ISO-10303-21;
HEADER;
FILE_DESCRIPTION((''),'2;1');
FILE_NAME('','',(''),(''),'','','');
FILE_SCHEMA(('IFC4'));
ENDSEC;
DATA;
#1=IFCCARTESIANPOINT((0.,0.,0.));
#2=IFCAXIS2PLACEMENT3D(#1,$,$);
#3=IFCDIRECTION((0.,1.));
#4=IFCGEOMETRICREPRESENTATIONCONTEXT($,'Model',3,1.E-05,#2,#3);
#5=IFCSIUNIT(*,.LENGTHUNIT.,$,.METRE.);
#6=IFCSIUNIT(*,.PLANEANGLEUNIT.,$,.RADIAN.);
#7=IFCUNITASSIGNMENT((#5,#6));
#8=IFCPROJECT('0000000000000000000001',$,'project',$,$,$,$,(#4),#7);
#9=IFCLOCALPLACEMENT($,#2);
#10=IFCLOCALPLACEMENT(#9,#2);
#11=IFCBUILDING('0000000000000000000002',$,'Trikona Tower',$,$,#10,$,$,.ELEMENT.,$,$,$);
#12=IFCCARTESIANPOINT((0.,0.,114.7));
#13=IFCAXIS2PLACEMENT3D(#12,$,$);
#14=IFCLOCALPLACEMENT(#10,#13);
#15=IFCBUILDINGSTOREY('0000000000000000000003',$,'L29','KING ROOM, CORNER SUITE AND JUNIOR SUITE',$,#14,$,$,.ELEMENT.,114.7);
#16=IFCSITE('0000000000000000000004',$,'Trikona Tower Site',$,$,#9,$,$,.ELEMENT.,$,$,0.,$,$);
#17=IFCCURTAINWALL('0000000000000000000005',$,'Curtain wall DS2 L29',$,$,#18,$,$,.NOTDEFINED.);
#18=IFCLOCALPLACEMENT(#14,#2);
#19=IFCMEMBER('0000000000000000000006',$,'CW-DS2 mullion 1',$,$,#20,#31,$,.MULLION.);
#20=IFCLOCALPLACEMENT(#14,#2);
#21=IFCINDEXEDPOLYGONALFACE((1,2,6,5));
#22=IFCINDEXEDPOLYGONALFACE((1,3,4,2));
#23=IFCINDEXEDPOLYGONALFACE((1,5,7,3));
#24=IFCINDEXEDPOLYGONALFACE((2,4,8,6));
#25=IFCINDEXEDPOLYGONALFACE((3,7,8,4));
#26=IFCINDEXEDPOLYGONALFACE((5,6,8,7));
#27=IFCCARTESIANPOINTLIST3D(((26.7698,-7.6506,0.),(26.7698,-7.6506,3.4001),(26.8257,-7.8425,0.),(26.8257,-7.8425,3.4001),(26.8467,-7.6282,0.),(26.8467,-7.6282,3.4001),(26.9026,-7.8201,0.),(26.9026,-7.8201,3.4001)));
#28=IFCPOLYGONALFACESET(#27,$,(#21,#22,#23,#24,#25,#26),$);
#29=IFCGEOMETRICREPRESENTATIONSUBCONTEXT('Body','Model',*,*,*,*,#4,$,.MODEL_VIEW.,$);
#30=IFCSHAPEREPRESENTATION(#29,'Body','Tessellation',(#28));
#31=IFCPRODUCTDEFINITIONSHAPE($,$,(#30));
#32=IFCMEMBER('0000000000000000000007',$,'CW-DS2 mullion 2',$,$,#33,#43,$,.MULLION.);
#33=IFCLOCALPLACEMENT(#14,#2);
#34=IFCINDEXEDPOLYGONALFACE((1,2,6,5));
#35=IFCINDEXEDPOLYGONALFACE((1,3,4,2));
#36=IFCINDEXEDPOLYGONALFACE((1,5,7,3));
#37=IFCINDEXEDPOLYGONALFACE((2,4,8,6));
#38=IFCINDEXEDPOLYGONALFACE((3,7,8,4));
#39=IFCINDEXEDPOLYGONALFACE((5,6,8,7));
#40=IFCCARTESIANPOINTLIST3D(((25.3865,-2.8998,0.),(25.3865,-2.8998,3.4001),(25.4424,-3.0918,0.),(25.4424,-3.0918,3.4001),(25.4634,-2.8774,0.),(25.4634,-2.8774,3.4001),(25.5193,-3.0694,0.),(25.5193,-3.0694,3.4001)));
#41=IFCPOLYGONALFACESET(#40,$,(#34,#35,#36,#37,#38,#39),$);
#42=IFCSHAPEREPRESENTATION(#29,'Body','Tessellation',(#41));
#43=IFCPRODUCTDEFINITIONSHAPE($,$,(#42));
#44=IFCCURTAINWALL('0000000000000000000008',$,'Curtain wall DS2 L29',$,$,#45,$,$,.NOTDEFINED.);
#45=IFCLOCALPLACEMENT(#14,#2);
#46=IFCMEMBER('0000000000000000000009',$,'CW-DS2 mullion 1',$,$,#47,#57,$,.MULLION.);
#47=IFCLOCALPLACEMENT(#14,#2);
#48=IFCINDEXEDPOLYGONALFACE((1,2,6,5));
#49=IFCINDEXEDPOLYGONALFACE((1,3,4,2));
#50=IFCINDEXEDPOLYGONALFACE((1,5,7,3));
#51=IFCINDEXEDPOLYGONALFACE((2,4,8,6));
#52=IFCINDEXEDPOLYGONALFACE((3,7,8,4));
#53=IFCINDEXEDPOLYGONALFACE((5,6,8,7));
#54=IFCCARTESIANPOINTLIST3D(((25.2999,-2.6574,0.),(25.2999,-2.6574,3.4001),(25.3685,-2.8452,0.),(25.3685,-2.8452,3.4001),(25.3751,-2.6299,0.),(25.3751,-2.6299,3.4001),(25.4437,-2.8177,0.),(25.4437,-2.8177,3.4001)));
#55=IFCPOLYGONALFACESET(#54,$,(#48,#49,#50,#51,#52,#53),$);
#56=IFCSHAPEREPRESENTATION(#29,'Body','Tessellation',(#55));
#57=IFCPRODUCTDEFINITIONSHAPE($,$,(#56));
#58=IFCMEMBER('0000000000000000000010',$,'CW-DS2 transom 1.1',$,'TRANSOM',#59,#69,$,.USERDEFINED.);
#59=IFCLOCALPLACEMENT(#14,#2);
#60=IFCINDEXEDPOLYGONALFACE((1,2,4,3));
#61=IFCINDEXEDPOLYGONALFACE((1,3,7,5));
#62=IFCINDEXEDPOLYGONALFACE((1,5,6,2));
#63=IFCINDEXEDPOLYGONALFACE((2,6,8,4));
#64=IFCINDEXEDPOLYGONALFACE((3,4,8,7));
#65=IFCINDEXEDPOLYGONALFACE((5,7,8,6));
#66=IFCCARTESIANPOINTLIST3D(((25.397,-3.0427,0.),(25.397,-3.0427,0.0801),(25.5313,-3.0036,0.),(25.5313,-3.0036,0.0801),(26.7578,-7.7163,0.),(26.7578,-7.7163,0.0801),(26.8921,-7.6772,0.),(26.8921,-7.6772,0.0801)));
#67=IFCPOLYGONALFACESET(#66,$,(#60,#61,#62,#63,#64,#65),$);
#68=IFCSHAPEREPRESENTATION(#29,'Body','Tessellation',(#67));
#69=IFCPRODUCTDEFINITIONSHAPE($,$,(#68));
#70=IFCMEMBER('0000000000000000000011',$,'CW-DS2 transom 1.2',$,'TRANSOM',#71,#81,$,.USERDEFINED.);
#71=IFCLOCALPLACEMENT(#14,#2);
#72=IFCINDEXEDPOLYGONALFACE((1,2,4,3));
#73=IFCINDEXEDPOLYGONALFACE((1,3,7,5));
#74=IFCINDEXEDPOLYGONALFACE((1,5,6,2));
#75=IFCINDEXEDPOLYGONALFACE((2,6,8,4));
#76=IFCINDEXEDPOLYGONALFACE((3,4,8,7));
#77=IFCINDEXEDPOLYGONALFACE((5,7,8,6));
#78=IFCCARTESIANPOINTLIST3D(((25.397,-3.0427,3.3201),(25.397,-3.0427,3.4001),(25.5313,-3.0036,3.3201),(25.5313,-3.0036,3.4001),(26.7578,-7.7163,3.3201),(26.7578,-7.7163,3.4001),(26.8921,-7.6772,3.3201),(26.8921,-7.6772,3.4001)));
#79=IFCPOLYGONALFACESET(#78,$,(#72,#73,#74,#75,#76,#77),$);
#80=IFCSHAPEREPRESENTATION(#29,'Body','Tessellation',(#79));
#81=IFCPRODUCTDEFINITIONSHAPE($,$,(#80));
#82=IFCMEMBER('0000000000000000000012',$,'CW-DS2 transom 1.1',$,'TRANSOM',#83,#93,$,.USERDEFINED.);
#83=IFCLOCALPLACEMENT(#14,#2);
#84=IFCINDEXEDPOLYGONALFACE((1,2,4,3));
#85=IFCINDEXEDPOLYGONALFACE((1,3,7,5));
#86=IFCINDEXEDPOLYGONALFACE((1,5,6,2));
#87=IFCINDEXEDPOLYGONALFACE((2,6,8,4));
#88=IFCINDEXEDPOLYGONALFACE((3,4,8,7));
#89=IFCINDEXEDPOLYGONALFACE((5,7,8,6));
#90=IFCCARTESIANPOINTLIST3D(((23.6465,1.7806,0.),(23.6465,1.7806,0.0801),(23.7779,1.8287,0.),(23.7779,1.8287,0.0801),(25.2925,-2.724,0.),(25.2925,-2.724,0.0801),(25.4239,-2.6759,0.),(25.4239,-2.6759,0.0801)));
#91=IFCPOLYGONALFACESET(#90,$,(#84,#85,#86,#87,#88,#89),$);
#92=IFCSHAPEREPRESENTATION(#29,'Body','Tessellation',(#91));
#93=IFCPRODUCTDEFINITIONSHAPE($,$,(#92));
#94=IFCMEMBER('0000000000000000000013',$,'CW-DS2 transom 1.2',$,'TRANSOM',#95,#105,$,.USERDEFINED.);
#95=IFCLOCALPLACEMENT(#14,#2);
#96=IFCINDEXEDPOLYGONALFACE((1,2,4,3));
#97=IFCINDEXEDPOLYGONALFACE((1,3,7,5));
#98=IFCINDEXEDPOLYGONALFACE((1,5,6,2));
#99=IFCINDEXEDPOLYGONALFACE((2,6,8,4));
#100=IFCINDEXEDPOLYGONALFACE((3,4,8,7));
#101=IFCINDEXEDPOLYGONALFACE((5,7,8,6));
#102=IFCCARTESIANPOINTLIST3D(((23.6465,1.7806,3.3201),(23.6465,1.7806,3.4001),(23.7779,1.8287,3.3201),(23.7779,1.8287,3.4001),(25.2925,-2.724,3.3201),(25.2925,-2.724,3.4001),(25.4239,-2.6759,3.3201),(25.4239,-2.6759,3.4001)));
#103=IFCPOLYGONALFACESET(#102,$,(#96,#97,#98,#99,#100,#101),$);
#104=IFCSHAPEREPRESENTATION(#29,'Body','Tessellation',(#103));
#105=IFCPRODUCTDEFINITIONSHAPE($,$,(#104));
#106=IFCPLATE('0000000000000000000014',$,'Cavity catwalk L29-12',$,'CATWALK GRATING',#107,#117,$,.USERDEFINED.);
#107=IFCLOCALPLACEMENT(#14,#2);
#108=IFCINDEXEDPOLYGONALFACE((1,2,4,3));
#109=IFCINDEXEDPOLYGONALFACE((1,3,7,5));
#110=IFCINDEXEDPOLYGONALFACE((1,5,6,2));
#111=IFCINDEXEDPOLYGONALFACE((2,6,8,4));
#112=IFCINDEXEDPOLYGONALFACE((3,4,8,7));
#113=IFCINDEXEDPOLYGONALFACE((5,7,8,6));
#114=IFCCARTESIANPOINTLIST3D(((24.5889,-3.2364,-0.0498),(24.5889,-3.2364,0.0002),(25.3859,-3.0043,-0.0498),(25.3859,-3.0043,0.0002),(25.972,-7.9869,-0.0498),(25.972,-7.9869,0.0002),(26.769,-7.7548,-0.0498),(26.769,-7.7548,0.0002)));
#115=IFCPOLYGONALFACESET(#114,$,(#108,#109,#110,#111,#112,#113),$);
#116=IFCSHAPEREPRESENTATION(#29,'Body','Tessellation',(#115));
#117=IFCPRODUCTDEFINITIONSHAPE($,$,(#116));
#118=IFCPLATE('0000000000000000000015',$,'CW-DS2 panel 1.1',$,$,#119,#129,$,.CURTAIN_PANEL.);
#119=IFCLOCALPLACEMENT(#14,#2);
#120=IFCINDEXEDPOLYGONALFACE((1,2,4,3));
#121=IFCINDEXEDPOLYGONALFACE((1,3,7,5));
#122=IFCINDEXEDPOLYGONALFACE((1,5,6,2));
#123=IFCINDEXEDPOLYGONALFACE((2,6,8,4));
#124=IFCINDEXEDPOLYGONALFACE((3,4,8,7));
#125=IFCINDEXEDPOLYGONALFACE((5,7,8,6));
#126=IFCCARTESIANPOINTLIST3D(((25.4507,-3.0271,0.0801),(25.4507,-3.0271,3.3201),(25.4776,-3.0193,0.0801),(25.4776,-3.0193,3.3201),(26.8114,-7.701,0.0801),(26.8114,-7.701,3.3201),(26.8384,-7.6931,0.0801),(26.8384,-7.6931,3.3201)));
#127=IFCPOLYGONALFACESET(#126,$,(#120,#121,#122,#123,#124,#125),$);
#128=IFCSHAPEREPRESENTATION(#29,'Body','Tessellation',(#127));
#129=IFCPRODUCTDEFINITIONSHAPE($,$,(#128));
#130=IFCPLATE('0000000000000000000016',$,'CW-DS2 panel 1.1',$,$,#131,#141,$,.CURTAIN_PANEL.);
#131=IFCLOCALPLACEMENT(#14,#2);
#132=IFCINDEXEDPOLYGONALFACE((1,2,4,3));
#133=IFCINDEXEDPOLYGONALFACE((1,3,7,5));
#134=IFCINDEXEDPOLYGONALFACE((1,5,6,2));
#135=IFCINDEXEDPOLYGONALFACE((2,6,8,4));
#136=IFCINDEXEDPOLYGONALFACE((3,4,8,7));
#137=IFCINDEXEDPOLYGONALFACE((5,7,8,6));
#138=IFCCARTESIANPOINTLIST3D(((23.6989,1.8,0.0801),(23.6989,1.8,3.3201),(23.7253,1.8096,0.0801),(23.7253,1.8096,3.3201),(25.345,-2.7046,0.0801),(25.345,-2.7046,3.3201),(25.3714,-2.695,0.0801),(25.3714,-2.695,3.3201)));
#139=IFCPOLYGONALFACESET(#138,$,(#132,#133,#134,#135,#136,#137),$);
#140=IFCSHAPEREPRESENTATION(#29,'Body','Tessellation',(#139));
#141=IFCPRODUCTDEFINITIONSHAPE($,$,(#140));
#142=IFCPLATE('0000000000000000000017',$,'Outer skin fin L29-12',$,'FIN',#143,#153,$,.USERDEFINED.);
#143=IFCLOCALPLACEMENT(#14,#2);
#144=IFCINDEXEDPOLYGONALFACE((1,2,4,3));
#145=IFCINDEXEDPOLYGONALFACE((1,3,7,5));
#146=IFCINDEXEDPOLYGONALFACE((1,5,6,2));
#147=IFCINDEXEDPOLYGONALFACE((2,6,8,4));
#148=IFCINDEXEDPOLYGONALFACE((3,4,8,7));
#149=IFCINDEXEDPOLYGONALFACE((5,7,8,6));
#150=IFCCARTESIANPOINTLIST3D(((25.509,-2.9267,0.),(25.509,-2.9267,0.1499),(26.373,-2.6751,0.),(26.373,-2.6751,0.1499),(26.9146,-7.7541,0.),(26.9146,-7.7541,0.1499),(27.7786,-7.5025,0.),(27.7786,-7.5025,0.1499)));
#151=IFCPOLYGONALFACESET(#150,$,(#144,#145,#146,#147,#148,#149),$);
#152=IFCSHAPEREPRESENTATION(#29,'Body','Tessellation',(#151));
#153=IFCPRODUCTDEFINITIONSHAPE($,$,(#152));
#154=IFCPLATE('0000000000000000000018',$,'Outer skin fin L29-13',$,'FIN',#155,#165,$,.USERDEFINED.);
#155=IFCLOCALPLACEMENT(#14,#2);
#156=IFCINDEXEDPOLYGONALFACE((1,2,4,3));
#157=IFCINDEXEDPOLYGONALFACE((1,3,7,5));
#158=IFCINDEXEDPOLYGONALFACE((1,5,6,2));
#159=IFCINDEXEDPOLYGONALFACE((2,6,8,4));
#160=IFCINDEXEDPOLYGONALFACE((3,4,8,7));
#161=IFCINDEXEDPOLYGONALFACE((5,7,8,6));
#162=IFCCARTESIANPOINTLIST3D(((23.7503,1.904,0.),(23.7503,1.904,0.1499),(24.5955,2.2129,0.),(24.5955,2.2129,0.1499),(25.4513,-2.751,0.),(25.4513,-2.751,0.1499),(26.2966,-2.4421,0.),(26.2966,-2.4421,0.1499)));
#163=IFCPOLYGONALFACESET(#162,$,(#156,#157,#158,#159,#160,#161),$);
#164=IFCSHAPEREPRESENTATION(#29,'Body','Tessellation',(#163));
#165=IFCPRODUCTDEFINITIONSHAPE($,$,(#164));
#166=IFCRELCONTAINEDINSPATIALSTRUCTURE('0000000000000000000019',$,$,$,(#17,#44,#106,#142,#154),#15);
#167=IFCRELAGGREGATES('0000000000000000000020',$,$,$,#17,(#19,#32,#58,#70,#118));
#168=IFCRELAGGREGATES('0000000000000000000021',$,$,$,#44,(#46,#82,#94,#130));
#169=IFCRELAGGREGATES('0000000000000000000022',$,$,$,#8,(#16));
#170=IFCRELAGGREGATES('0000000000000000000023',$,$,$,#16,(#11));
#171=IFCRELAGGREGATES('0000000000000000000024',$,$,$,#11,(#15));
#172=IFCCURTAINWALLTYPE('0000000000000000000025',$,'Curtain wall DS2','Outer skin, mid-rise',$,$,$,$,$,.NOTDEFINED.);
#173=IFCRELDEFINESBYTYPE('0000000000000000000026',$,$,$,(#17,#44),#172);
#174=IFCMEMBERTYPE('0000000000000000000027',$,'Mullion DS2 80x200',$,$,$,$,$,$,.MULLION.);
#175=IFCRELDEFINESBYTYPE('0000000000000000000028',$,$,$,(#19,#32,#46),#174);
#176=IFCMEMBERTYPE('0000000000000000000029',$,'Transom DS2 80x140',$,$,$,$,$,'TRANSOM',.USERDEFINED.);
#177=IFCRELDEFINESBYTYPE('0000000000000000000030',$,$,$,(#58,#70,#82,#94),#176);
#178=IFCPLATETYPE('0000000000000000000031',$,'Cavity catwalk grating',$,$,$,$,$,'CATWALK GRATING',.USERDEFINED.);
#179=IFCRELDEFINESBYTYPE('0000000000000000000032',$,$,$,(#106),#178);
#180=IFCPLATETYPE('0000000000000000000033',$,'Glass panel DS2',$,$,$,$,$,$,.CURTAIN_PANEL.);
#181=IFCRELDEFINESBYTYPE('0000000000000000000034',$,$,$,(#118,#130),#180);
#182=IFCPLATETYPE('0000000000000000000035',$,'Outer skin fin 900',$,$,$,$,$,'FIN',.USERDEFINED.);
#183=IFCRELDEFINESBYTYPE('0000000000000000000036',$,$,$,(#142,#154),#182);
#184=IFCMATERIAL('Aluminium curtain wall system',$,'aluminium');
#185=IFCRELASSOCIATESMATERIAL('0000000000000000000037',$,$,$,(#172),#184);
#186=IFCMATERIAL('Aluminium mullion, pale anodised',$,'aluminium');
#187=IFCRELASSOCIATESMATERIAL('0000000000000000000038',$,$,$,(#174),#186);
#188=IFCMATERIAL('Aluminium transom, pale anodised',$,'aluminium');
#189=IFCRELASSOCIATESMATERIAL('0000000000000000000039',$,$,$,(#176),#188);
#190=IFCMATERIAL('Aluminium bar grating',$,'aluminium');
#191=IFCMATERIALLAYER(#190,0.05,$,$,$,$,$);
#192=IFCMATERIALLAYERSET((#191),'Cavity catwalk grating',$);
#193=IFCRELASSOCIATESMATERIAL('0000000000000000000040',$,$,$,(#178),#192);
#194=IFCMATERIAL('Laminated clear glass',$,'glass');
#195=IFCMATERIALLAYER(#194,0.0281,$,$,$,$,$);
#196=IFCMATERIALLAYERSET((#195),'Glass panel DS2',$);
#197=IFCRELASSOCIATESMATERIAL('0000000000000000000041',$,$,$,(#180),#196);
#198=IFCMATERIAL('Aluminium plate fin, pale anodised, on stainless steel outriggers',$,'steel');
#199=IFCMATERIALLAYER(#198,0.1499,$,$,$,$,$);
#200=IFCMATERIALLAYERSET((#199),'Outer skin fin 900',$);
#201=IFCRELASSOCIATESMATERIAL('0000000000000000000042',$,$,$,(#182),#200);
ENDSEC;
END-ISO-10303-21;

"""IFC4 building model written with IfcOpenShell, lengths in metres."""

from ifc_helpers import new_model, si_unit, direction, frame, origin, origin_2d, place, context, subcontext, project, spatial, rectangle, extrude, material, layer, layer_set, material_profile, profile_set, type_object, element, aggregate, save


model = new_model("IFC4")

# Units and contexts
model_context = context("Model", 3, precision=1e-05, world=origin(), true_north=direction((0.0, 1.0)))
body_context = subcontext(model_context, "Body", "Model", "MODEL_VIEW")
ifc_project = project(units=[si_unit("LENGTHUNIT", "METRE"), si_unit("PLANEANGLEUNIT", "RADIAN")], contexts=[model_context])

# Site, building, storey
site_placement = place(None, origin())
site = spatial("IfcSite", under=ifc_project, at=site_placement, Name="Trikona Tower Site", CompositionType="ELEMENT", RefElevation=0.0)
building_placement = place(site_placement, origin())
building = spatial("IfcBuilding", under=site, at=building_placement, Name="Trikona Tower", CompositionType="ELEMENT")
storey_placement = place(building_placement, frame((0.0, 0.0, 114.7)))
storey = spatial("IfcBuildingStorey", under=building, at=storey_placement, Name="L29", Description="KING ROOM, CORNER SUITE AND JUNIOR SUITE", CompositionType="ELEMENT", Elevation=114.7)

# Curtain wall, members
ifc_material_1 = material(Name="Aluminium curtain wall system", Category="aluminium")
curtain_wall_type = type_object("IfcCurtainWallType", Name="Curtain wall DS2", Description="Outer skin, mid-rise", PredefinedType="NOTDEFINED", material=ifc_material_1)
curtain_wall_1_placement = place(storey_placement, origin())
curtain_wall_1 = element("IfcCurtainWall", 1, at=curtain_wall_1_placement, inside=storey, type_object=curtain_wall_type, Name="Curtain wall DS2 L29", PredefinedType="NOTDEFINED")
ifc_material_2 = material(Name="Aluminium mullion, pale anodised", Category="aluminium")
ifc_material_profile_1 = material_profile(ifc_material_2, rectangle(XDim=0.0801, YDim=0.2, at=origin_2d()), Name="MUL-DS2")
ifc_profile_set_1 = profile_set([ifc_material_profile_1], Name="Aluminium mullion, pale anodised")
member_type_1 = type_object("IfcMemberType", Name="Mullion DS2 80x200", PredefinedType="MULLION", material=ifc_profile_set_1)
member_1_placement = place(storey_placement, frame((26.8362, -7.7354, 0.0), z_axis=(0.0, 0.0, 1.0), x_axis=(-0.960133, -0.279543, 0.0)))
member_1 = element("IfcMember", 2, at=member_1_placement, type_object=member_type_1, Name="CW-DS2 mullion 1", PredefinedType="MULLION", context=body_context, shape_type="SweptSolid", body=[
    extrude(rectangle(XDim=0.0801, YDim=0.2, at=origin_2d()), origin(), (0.0, 0.0, 1.0), 3.4001),
])
member_2_placement = place(storey_placement, frame((25.4529, -2.9846, 0.0), z_axis=(0.0, 0.0, 1.0), x_axis=(-0.960133, -0.279543, 0.0)))
member_2 = element("IfcMember", 3, at=member_2_placement, type_object=member_type_1, Name="CW-DS2 mullion 2", PredefinedType="MULLION", context=body_context, shape_type="SweptSolid", body=[
    extrude(rectangle(XDim=0.0801, YDim=0.2, at=origin_2d()), origin(), (0.0, 0.0, 1.0), 3.4001),
])

# Curtain wall, member
curtain_wall_2_placement = place(storey_placement, origin())
curtain_wall_2 = element("IfcCurtainWall", 4, at=curtain_wall_2_placement, inside=storey, type_object=curtain_wall_type, Name="Curtain wall DS2 L29", PredefinedType="NOTDEFINED")
member_3_placement = place(storey_placement, frame((25.3718, -2.7375, 0.0), z_axis=(0.0, 0.0, 1.0), x_axis=(-0.939254, -0.343223, 0.0)))
member_3 = element("IfcMember", 5, at=member_3_placement, type_object=member_type_1, Name="CW-DS2 mullion 1", PredefinedType="MULLION", context=body_context, shape_type="SweptSolid", body=[
    extrude(rectangle(XDim=0.0801, YDim=0.2, at=origin_2d()), origin(), (0.0, 0.0, 1.0), 3.4001),
])

# Members
ifc_material_3 = material(Name="Aluminium transom, pale anodised", Category="aluminium")
ifc_material_profile_2 = material_profile(ifc_material_3, rectangle(XDim=0.1399, YDim=0.0801, at=origin_2d()), Name="TRN-DS2")
ifc_profile_set_2 = profile_set([ifc_material_profile_2], Name="Aluminium transom, pale anodised")
member_type_2 = type_object("IfcMemberType", Name="Transom DS2 80x140", ElementType="TRANSOM", PredefinedType="USERDEFINED", material=ifc_profile_set_2)
member_4_placement = place(storey_placement, frame((26.825, -7.6968, 0.04), z_axis=(-0.279567, 0.960126, 0.0), x_axis=(-0.960126, -0.279567, 0.0)))
member_4 = element("IfcMember", 6, at=member_4_placement, type_object=member_type_2, Name="CW-DS2 transom 1.1", ObjectType="TRANSOM", PredefinedType="USERDEFINED", context=body_context, shape_type="SweptSolid", body=[
    extrude(rectangle(XDim=0.1399, YDim=0.0801, at=origin_2d()), origin(), (0.0, 0.0, 1.0), 4.8677),
])
member_5_placement = place(storey_placement, frame((26.825, -7.6968, 3.3601), z_axis=(-0.279567, 0.960126, 0.0), x_axis=(-0.960126, -0.279567, 0.0)))
member_5 = element("IfcMember", 7, at=member_5_placement, type_object=member_type_2, Name="CW-DS2 transom 1.2", ObjectType="TRANSOM", PredefinedType="USERDEFINED", context=body_context, shape_type="SweptSolid", body=[
    extrude(rectangle(XDim=0.1399, YDim=0.0801, at=origin_2d()), origin(), (0.0, 0.0, 1.0), 4.8677),
])
member_6_placement = place(storey_placement, frame((25.3582, -2.7, 0.04), z_axis=(-0.343206, 0.93926, 0.0), x_axis=(-0.93926, -0.343206, 0.0)))
member_6 = element("IfcMember", 8, at=member_6_placement, type_object=member_type_2, Name="CW-DS2 transom 1.1", ObjectType="TRANSOM", PredefinedType="USERDEFINED", context=body_context, shape_type="SweptSolid", body=[
    extrude(rectangle(XDim=0.1399, YDim=0.0801, at=origin_2d()), origin(), (0.0, 0.0, 1.0), 4.7959),
])
member_7_placement = place(storey_placement, frame((25.3582, -2.7, 3.3601), z_axis=(-0.343206, 0.93926, 0.0), x_axis=(-0.93926, -0.343206, 0.0)))
member_7 = element("IfcMember", 9, at=member_7_placement, type_object=member_type_2, Name="CW-DS2 transom 1.2", ObjectType="TRANSOM", PredefinedType="USERDEFINED", context=body_context, shape_type="SweptSolid", body=[
    extrude(rectangle(XDim=0.1399, YDim=0.0801, at=origin_2d()), origin(), (0.0, 0.0, 1.0), 4.7959),
])

# Plates
ifc_material_4 = material(Name="Aluminium bar grating", Category="aluminium")
ifc_layer_1 = layer(ifc_material_4, 0.05)
ifc_layer_set_1 = layer_set([ifc_layer_1], Name="Cavity catwalk grating")
plate_type_1 = type_object("IfcPlateType", Name="Cavity catwalk grating", ElementType="CATWALK GRATING", PredefinedType="USERDEFINED", material=ifc_layer_set_1)
plate_1_placement = place(storey_placement, frame((25.679, -5.4956, -0.0498), z_axis=(0.0, 0.0, 1.0), x_axis=(-0.279554, 0.96013, 0.0)))
element("IfcPlate", 10, at=plate_1_placement, inside=storey, type_object=plate_type_1, Name="Cavity catwalk L29-12", ObjectType="CATWALK GRATING", PredefinedType="USERDEFINED", context=body_context, shape_type="SweptSolid", body=[
    extrude(rectangle(XDim=4.9478, YDim=0.8301, at=origin_2d()), origin(), (0.0, 0.0, 1.0), 0.05),
])
ifc_material_5 = material(Name="Laminated clear glass", Category="glass")
ifc_layer_2 = layer(ifc_material_5, 0.0281)
ifc_layer_set_2 = layer_set([ifc_layer_2], Name="Glass panel DS2")
plate_type_2 = type_object("IfcPlateType", Name="Glass panel DS2", PredefinedType="CURTAIN_PANEL", material=ifc_layer_set_2)
plate_2_placement = place(storey_placement, frame((26.1445, -5.3601, 0.0801), z_axis=(0.0, 0.0, 1.0), x_axis=(-0.279543, 0.960133, 0.0)))
plate_2 = element("IfcPlate", 11, at=plate_2_placement, type_object=plate_type_2, Name="CW-DS2 panel 1.1", PredefinedType="CURTAIN_PANEL", context=body_context, shape_type="SweptSolid", body=[
    extrude(rectangle(XDim=4.8679, YDim=0.0281, at=origin_2d()), origin(), (0.0, 0.0, 1.0), 3.24),
])
aggregate(curtain_wall_1, [member_1, member_2, member_4, member_5, plate_2])
plate_3_placement = place(storey_placement, frame((24.5352, -0.4475, 0.0801), z_axis=(0.0, 0.0, 1.0), x_axis=(-0.343223, 0.939254, 0.0)))
plate_3 = element("IfcPlate", 12, at=plate_3_placement, type_object=plate_type_2, Name="CW-DS2 panel 1.1", PredefinedType="CURTAIN_PANEL", context=body_context, shape_type="SweptSolid", body=[
    extrude(rectangle(XDim=4.7959, YDim=0.0281, at=origin_2d()), origin(), (0.0, 0.0, 1.0), 3.24),
])
aggregate(curtain_wall_2, [member_3, member_6, member_7, plate_3])

# Plates
ifc_material_6 = material(Name="Aluminium plate fin, pale anodised, on stainless steel outriggers", Category="steel")
ifc_layer_3 = layer(ifc_material_6, 0.1499)
ifc_layer_set_3 = layer_set([ifc_layer_3], Name="Outer skin fin 900")
plate_type_3 = type_object("IfcPlateType", Name="Outer skin fin 900", ElementType="FIN", PredefinedType="USERDEFINED", material=ifc_layer_set_3)
plate_4_placement = place(storey_placement, frame((26.6438, -5.2146, 0.0), z_axis=(0.0, 0.0, 1.0), x_axis=(-0.279554, 0.96013, 0.0)))
element("IfcPlate", 13, at=plate_4_placement, inside=storey, type_object=plate_type_3, Name="Outer skin fin L29-12", ObjectType="FIN", PredefinedType="USERDEFINED", context=body_context, shape_type="SweptSolid", body=[
    extrude(rectangle(XDim=5.0278, YDim=0.8999, at=origin_2d()), origin(), (0.0, 0.0, 1.0), 0.1499),
])
plate_5_placement = place(storey_placement, frame((25.0234, -0.269, 0.0), z_axis=(0.0, 0.0, 1.0), x_axis=(-0.34322, 0.939255, 0.0)))
element("IfcPlate", 14, at=plate_5_placement, inside=storey, type_object=plate_type_3, Name="Outer skin fin L29-13", ObjectType="FIN", PredefinedType="USERDEFINED", context=body_context, shape_type="SweptSolid", body=[
    extrude(rectangle(XDim=4.9561, YDim=0.8999, at=origin_2d()), origin(), (0.0, 0.0, 1.0), 0.1499),
])

save(model, "model.ifc")
